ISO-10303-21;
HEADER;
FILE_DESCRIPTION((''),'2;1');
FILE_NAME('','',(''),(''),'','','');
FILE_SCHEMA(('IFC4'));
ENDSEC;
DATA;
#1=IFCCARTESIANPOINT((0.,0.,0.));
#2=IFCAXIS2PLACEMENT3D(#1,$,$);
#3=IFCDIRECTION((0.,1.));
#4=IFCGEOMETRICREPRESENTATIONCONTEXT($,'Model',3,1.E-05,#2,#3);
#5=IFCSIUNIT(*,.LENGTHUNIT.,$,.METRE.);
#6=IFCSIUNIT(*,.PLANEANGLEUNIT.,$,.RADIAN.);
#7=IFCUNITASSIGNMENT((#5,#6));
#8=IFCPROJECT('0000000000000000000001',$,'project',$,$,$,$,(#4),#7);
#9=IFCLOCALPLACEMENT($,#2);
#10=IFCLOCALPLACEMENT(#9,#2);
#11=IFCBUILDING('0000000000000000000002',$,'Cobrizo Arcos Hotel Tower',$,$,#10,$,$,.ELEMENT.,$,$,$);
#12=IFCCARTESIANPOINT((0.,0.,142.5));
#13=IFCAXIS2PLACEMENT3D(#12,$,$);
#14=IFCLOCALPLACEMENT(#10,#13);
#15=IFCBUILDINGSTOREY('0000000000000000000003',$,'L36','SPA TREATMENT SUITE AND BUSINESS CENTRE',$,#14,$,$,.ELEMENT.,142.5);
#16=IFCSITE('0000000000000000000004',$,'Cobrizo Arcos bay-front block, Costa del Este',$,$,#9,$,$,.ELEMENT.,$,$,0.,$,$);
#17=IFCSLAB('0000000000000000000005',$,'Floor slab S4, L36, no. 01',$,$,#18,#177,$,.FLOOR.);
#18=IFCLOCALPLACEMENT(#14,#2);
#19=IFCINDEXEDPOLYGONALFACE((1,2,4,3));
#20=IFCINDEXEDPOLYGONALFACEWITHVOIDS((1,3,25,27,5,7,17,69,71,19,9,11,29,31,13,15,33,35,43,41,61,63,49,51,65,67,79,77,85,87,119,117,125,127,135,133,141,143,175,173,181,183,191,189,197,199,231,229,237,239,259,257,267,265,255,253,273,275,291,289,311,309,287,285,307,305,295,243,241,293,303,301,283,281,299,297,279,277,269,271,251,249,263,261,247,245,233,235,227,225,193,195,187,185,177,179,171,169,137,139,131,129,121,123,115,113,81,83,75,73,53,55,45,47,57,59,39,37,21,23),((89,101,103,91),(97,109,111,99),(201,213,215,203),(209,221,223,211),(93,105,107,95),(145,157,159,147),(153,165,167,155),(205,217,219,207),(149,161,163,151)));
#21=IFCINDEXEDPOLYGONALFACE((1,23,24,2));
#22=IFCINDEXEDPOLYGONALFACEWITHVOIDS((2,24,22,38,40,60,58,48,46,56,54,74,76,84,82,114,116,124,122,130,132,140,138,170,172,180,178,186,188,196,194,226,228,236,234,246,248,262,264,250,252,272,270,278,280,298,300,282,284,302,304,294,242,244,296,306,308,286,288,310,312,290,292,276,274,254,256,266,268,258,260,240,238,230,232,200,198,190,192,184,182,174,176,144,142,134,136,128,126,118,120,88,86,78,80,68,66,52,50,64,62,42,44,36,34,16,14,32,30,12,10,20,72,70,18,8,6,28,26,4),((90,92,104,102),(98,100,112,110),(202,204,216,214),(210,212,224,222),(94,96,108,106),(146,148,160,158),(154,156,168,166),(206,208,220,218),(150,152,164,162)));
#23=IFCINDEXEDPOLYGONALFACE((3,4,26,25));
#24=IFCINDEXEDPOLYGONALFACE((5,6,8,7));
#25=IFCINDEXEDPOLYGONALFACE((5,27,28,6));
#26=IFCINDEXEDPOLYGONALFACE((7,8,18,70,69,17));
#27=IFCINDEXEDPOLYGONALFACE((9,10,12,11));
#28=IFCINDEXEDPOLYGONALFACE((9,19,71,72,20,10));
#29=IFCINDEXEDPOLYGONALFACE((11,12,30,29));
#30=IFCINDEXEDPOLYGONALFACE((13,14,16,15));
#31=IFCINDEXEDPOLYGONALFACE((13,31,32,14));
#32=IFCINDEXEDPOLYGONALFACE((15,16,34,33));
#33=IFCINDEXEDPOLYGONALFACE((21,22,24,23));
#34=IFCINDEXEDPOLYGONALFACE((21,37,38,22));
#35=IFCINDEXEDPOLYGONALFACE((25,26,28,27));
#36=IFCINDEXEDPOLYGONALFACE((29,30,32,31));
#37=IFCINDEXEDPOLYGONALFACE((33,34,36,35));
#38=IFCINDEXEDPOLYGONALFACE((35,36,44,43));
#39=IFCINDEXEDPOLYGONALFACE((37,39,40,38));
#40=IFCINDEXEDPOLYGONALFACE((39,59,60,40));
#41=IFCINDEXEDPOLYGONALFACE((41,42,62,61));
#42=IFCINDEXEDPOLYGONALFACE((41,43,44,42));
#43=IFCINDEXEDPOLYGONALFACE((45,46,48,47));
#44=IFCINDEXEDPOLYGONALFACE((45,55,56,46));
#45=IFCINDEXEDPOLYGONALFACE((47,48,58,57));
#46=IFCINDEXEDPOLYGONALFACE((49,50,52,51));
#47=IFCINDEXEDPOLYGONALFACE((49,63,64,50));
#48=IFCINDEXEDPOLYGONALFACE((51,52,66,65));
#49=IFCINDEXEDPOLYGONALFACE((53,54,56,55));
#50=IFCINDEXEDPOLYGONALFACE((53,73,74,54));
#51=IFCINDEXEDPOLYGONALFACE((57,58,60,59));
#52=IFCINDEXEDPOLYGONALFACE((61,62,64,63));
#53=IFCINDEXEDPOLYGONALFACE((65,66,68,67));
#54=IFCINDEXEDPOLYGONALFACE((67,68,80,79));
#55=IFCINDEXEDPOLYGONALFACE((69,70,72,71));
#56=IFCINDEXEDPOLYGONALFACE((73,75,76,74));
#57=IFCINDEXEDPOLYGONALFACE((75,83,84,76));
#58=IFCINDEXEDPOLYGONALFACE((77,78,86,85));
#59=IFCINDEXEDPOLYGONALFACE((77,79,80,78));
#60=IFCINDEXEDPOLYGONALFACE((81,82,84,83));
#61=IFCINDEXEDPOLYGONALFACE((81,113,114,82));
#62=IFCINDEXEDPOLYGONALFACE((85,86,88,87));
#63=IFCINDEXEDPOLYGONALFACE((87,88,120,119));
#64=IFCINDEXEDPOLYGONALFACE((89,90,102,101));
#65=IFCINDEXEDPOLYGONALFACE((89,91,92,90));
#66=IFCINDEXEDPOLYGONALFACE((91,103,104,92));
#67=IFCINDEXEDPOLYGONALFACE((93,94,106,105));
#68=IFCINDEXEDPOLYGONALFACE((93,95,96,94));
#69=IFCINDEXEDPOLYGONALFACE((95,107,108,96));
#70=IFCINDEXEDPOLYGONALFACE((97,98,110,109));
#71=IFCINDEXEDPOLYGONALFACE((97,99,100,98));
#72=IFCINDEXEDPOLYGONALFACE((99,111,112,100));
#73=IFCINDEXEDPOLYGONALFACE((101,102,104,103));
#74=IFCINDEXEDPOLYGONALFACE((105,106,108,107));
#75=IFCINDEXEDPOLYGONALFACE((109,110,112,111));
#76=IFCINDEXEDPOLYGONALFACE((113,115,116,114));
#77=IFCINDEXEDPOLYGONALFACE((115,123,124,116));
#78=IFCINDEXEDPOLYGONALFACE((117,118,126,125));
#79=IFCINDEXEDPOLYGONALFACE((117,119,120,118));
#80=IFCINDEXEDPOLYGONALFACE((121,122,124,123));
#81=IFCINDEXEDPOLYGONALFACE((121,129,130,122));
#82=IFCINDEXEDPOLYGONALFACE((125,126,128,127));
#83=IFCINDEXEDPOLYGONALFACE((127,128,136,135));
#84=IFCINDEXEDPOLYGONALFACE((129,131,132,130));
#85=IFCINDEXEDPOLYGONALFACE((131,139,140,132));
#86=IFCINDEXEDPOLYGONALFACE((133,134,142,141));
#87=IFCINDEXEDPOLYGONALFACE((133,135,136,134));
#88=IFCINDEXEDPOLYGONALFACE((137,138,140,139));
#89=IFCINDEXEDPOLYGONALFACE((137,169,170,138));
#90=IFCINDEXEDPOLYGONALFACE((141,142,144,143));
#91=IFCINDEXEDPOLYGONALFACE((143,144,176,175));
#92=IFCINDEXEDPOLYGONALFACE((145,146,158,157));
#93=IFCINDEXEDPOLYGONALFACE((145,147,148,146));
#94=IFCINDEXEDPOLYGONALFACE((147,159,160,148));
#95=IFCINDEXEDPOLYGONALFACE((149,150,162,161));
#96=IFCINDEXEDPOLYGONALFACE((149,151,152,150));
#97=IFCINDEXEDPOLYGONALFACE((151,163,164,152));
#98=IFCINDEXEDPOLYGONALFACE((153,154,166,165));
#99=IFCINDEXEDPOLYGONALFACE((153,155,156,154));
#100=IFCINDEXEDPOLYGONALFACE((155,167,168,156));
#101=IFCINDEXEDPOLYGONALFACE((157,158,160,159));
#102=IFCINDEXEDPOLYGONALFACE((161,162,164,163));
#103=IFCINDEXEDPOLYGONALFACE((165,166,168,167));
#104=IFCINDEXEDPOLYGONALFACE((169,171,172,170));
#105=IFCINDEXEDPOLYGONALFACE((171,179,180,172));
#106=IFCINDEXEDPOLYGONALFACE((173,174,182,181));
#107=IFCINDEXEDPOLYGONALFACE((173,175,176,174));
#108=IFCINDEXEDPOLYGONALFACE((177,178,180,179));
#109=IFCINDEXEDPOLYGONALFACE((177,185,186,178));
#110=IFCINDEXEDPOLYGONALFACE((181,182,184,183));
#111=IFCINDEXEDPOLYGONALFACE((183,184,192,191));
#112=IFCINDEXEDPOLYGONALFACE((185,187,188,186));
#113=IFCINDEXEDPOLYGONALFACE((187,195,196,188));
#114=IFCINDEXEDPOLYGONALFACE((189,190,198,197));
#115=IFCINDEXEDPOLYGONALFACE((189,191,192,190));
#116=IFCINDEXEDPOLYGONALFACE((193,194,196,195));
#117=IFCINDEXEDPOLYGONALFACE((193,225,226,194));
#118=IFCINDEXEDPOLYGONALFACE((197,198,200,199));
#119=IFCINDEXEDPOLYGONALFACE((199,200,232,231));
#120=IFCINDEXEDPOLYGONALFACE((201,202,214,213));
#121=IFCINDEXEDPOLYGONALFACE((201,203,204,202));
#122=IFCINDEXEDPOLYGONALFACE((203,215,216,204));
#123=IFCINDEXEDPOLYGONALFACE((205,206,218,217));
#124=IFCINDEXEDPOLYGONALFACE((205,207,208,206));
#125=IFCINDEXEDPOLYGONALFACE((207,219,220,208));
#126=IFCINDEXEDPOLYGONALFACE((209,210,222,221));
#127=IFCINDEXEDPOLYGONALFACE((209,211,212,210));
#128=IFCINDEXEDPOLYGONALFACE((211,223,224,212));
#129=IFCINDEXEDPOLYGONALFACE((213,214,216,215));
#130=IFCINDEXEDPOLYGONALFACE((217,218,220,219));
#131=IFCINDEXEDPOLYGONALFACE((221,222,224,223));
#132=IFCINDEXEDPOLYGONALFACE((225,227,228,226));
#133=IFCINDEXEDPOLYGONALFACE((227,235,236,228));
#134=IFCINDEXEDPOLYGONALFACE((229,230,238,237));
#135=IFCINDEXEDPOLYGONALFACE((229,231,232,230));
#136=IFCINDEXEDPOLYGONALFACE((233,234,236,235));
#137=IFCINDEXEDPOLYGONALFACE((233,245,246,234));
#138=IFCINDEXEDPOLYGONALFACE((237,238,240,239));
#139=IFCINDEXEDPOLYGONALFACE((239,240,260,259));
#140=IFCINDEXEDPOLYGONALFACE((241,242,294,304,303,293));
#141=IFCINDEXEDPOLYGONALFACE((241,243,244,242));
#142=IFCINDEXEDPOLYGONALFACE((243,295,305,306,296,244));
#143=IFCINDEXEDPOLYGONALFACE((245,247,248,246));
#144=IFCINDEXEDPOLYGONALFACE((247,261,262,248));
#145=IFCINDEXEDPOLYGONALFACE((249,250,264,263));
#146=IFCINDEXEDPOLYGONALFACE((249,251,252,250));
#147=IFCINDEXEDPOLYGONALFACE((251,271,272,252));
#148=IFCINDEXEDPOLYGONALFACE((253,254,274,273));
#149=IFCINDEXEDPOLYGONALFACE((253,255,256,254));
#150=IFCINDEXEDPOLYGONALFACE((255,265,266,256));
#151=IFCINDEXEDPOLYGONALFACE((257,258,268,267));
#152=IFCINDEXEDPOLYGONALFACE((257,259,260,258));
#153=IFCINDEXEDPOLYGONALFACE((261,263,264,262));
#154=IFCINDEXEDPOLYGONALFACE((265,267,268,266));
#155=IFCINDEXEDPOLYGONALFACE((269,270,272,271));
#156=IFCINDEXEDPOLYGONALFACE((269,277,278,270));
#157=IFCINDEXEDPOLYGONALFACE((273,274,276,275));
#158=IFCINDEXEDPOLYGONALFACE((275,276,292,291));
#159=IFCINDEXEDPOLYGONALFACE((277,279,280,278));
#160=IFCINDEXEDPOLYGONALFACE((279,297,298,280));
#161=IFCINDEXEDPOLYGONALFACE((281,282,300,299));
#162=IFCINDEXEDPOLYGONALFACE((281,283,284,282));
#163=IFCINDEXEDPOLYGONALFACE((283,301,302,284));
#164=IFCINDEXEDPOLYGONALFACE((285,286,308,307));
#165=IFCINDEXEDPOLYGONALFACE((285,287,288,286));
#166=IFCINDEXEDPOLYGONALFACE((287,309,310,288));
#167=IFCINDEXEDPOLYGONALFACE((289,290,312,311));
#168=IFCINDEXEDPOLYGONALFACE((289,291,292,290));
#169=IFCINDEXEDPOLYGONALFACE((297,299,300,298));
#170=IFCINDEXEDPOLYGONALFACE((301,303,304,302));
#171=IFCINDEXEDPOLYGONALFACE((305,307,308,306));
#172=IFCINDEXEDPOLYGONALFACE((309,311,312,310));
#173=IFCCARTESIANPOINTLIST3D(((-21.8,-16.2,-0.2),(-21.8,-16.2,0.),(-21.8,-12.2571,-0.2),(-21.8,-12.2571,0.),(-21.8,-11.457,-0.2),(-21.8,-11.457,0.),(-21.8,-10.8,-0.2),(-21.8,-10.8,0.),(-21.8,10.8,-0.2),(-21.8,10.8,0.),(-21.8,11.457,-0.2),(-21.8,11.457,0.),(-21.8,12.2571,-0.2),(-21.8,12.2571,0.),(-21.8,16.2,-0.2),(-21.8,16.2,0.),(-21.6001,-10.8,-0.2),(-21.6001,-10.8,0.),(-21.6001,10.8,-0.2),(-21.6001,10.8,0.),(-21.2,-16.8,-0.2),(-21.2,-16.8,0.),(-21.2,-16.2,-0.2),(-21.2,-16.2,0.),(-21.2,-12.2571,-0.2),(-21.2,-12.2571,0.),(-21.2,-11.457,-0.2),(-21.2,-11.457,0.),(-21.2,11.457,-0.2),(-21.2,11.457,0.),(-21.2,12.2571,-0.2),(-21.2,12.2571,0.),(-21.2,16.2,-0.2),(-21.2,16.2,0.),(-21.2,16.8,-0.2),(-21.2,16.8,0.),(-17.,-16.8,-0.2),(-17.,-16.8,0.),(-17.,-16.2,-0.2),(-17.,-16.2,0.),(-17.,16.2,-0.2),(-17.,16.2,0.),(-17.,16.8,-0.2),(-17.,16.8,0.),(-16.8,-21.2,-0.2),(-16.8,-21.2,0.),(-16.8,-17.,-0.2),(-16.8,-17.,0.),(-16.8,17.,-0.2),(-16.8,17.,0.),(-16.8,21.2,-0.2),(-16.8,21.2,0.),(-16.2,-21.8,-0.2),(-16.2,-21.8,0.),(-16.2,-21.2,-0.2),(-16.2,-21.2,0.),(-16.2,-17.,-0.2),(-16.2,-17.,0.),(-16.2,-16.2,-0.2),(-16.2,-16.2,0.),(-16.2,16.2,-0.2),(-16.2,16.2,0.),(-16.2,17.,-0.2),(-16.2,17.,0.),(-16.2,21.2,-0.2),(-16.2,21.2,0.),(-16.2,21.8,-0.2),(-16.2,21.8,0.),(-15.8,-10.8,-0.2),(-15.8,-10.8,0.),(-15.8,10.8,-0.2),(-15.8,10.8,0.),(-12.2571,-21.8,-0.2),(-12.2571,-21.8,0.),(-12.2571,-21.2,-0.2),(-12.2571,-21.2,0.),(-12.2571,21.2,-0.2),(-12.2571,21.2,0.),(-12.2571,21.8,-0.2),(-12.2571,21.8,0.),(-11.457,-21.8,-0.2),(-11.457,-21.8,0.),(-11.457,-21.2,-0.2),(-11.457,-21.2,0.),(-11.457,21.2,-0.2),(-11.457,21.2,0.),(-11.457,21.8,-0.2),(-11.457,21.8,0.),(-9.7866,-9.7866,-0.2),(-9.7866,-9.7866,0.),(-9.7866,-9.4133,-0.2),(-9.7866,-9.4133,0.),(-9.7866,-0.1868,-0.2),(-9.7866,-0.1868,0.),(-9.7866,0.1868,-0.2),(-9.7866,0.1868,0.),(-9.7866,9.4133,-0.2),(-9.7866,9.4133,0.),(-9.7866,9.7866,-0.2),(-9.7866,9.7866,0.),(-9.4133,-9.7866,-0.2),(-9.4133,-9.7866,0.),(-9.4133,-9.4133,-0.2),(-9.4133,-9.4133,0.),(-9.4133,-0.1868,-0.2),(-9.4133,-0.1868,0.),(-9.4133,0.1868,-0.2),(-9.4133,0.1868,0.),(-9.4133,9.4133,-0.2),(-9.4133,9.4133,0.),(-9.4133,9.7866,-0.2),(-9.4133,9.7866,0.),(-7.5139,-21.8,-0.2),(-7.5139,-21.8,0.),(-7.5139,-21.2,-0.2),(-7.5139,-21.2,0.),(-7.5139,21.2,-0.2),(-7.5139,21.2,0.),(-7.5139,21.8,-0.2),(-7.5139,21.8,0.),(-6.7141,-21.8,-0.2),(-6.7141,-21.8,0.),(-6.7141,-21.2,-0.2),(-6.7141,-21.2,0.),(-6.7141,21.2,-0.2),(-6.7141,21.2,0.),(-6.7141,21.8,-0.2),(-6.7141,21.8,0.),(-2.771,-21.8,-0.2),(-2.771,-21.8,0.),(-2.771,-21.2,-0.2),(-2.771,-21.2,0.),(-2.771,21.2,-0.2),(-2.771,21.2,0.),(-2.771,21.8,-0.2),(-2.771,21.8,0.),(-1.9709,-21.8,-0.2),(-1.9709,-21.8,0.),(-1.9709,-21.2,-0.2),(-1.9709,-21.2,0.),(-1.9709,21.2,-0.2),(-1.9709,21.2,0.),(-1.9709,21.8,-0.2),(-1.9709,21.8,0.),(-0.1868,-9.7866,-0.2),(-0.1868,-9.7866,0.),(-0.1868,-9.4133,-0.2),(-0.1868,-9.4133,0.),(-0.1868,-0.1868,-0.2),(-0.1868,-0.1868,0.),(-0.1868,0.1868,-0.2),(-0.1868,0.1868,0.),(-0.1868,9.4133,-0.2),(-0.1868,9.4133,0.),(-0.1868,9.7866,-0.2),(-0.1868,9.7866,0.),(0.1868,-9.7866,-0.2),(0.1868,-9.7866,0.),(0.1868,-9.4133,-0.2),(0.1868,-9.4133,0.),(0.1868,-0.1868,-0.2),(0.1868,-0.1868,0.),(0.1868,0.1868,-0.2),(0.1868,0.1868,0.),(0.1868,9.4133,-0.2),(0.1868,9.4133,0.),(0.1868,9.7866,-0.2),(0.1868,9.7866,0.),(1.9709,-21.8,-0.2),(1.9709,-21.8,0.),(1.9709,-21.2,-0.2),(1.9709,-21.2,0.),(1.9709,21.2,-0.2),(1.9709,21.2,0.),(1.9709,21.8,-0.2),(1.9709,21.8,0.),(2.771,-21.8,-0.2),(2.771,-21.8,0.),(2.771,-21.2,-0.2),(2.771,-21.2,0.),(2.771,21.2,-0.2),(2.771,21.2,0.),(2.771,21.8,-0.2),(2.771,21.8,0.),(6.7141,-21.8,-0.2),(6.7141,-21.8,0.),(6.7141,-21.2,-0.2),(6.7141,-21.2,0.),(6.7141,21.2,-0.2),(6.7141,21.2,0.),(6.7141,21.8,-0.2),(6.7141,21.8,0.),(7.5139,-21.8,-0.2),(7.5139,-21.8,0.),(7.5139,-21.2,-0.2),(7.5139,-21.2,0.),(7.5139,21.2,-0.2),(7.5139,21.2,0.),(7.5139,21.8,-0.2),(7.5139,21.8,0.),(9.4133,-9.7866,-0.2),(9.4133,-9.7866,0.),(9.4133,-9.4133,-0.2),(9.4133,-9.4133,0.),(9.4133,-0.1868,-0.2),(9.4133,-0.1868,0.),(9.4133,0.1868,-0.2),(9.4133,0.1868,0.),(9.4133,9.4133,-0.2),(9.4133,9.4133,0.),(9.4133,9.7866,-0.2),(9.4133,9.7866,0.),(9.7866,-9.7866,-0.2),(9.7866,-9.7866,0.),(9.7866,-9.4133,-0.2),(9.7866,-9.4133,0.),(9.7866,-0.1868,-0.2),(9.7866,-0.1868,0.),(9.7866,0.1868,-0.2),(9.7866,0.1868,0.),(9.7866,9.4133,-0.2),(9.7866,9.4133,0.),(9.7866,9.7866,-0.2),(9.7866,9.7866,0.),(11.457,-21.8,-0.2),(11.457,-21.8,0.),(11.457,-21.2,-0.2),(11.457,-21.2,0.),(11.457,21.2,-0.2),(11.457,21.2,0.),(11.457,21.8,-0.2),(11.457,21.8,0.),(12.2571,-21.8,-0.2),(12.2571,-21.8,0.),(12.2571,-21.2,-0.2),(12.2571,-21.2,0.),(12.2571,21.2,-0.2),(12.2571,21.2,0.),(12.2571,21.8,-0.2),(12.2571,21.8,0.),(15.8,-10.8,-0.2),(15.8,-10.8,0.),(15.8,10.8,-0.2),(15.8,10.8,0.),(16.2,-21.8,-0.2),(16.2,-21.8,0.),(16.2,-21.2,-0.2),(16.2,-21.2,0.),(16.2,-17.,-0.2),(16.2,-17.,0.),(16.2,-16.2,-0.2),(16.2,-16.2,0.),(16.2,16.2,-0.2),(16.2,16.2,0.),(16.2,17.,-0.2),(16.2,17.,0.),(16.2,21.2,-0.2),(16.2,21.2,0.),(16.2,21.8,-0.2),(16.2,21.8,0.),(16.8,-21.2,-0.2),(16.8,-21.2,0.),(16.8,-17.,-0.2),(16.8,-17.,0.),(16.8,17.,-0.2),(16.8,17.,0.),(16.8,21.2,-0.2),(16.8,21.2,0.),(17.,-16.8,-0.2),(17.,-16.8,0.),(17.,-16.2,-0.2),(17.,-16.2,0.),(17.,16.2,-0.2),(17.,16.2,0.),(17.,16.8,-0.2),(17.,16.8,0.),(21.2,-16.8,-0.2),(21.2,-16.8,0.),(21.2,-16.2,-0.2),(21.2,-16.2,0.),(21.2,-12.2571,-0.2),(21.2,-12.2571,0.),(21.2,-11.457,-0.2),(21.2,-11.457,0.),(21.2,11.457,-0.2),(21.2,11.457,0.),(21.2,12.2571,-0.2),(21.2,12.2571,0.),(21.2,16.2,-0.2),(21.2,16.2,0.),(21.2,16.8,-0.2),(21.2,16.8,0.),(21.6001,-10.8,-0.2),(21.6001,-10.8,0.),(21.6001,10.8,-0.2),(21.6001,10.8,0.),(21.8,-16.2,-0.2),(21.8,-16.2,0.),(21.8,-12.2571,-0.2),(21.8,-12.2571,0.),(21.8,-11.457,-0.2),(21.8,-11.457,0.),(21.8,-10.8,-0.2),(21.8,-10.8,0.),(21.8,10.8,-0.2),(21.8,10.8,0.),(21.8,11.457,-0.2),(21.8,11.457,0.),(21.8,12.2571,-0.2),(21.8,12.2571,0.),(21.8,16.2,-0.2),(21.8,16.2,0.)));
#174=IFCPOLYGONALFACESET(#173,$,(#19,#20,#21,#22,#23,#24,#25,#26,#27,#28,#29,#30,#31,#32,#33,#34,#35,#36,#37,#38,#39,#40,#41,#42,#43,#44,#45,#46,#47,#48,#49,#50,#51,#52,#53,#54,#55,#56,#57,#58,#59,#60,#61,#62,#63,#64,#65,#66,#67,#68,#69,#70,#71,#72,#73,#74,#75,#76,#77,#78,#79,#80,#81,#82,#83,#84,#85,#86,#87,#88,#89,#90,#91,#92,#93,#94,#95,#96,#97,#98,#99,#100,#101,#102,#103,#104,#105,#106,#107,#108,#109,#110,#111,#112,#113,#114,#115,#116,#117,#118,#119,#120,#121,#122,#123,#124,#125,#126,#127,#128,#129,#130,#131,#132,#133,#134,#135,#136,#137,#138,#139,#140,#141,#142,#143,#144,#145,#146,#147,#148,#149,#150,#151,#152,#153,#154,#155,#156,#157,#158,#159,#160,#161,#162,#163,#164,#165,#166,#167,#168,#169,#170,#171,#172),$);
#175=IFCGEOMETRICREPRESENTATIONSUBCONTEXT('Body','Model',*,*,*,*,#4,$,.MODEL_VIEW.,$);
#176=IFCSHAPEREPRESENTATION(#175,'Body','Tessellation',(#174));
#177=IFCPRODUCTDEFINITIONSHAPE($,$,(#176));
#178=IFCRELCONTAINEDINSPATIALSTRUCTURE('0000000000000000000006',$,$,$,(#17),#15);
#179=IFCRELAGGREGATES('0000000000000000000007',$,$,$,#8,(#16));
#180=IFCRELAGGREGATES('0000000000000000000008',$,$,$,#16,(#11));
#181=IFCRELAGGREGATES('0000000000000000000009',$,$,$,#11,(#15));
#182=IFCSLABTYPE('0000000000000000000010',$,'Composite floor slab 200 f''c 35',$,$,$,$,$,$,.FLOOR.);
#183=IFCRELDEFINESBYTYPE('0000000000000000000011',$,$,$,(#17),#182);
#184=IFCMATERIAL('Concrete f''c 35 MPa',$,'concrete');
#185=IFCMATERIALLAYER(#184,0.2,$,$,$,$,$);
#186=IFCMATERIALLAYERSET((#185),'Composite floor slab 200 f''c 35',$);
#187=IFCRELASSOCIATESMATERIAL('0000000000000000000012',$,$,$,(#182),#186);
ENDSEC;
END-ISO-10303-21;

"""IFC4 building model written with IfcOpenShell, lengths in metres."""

from ifc_helpers import new_model, si_unit, direction, frame, origin, place, context, subcontext, project, spatial, polyline, outline, extrude, material, layer, layer_set, type_object, element, save


model = new_model("IFC4")

# Units and contexts
model_context = context("Model", 3, precision=1e-05, world=origin(), true_north=direction((0.0, 1.0)))
body_context = subcontext(model_context, "Body", "Model", "MODEL_VIEW")
ifc_project = project(units=[si_unit("LENGTHUNIT", "METRE"), si_unit("PLANEANGLEUNIT", "RADIAN")], contexts=[model_context])

# Site, building, storey
site_placement = place(None, origin())
site = spatial("IfcSite", under=ifc_project, at=site_placement, Name="Cobrizo Arcos bay-front block, Costa del Este", CompositionType="ELEMENT", RefElevation=0.0)
building_placement = place(site_placement, origin())
building = spatial("IfcBuilding", under=site, at=building_placement, Name="Cobrizo Arcos Hotel Tower", CompositionType="ELEMENT")
storey_placement = place(building_placement, frame((0.0, 0.0, 142.5)))
storey = spatial("IfcBuildingStorey", under=building, at=storey_placement, Name="L36", Description="SPA TREATMENT SUITE AND BUSINESS CENTRE", CompositionType="ELEMENT", Elevation=142.5)

# Slab
ifc_material_1 = material(Name="Concrete f'c 35 MPa", Category="concrete")
ifc_layer_1 = layer(ifc_material_1, 0.2)
ifc_layer_set_1 = layer_set([ifc_layer_1], Name="Composite floor slab 200 f'c 35")
slab_type_1 = type_object("IfcSlabType", Name="Composite floor slab 200 f'c 35", PredefinedType="FLOOR", material=ifc_layer_set_1)
slab_1_placement = place(storey_placement, frame((0.0, 0.0, -0.2)))
element("IfcSlab", 1, at=slab_1_placement, inside=storey, type_object=slab_type_1, Name="Floor slab S4, L36, no. 01", PredefinedType="FLOOR", context=body_context, shape_type="SweptSolid", body=[
    extrude(outline(polyline([(-21.8, -12.2571), (-21.2, -12.2571), (-21.2, -11.457), (-21.8, -11.457), (-21.8, -10.8), (-21.6001, -10.8), (-15.8, -10.8), (-15.8, 10.8), (-21.6001, 10.8), (-21.8, 10.8), (-21.8, 11.457), (-21.2, 11.457), (-21.2, 12.2571), (-21.8, 12.2571), (-21.8, 16.2), (-21.2, 16.2), (-21.2, 16.8), (-17.0, 16.8), (-17.0, 16.2), (-16.2, 16.2), (-16.2, 17.0), (-16.8, 17.0), (-16.8, 21.2), (-16.2, 21.2), (-16.2, 21.8), (-12.2571, 21.8), (-12.2571, 21.2), (-11.457, 21.2), (-11.457, 21.8), (-7.5139, 21.8), (-7.5139, 21.2), (-6.7141, 21.2), (-6.7141, 21.8), (-2.771, 21.8), (-2.771, 21.2), (-1.9709, 21.2), (-1.9709, 21.8), (1.9709, 21.8), (1.9709, 21.2), (2.771, 21.2), (2.771, 21.8), (6.7141, 21.8), (6.7141, 21.2), (7.5139, 21.2), (7.5139, 21.8), (11.457, 21.8), (11.457, 21.2), (12.2571, 21.2), (12.2571, 21.8), (16.2, 21.8), (16.2, 21.2), (16.8, 21.2), (16.8, 17.0), (16.2, 17.0), (16.2, 16.2), (17.0, 16.2), (17.0, 16.8), (21.2, 16.8), (21.2, 16.2), (21.8, 16.2), (21.8, 12.2571), (21.2, 12.2571), (21.2, 11.457), (21.8, 11.457), (21.8, 10.8), (21.6001, 10.8), (15.8, 10.8), (15.8, -10.8), (21.6001, -10.8), (21.8, -10.8), (21.8, -11.457), (21.2, -11.457), (21.2, -12.2571), (21.8, -12.2571), (21.8, -16.2), (21.2, -16.2), (21.2, -16.8), (17.0, -16.8), (17.0, -16.2), (16.2, -16.2), (16.2, -17.0), (16.8, -17.0), (16.8, -21.2), (16.2, -21.2), (16.2, -21.8), (12.2571, -21.8), (12.2571, -21.2), (11.457, -21.2), (11.457, -21.8), (7.5139, -21.8), (7.5139, -21.2), (6.7141, -21.2), (6.7141, -21.8), (2.771, -21.8), (2.771, -21.2), (1.9709, -21.2), (1.9709, -21.8), (-1.9709, -21.8), (-1.9709, -21.2), (-2.771, -21.2), (-2.771, -21.8), (-6.7141, -21.8), (-6.7141, -21.2), (-7.5139, -21.2), (-7.5139, -21.8), (-11.457, -21.8), (-11.457, -21.2), (-12.2571, -21.2), (-12.2571, -21.8), (-16.2, -21.8), (-16.2, -21.2), (-16.8, -21.2), (-16.8, -17.0), (-16.2, -17.0), (-16.2, -16.2), (-17.0, -16.2), (-17.0, -16.8), (-21.2, -16.8), (-21.2, -16.2), (-21.8, -16.2), (-21.8, -12.2571)]), holes=[polyline([(-9.4133, -9.7866), (-9.4133, -9.4133), (-9.7866, -9.4133), (-9.7866, -9.7866), (-9.4133, -9.7866)]), polyline([(-9.7866, -0.1868), (-9.4133, -0.1868), (-9.4133, 0.1868), (-9.7866, 0.1868), (-9.7866, -0.1868)]), polyline([(-0.1868, -9.7866), (0.1868, -9.7866), (0.1868, -9.4133), (-0.1868, -9.4133), (-0.1868, -9.7866)]), polyline([(9.4133, -9.7866), (9.7866, -9.7866), (9.7866, -9.4133), (9.4133, -9.4133), (9.4133, -9.7866)]), polyline([(0.1868, -0.1868), (0.1868, 0.1868), (-0.1868, 0.1868), (-0.1868, -0.1868), (0.1868, -0.1868)]), polyline([(9.7866, -0.1868), (9.7866, 0.1868), (9.4133, 0.1868), (9.4133, -0.1868), (9.7866, -0.1868)]), polyline([(-9.4133, 9.4133), (-9.4133, 9.7866), (-9.7866, 9.7866), (-9.7866, 9.4133), (-9.4133, 9.4133)]), polyline([(-0.1868, 9.4133), (0.1868, 9.4133), (0.1868, 9.7866), (-0.1868, 9.7866), (-0.1868, 9.4133)]), polyline([(9.7866, 9.4133), (9.7866, 9.7866), (9.4133, 9.7866), (9.4133, 9.4133), (9.7866, 9.4133)])]), origin(), (0.0, 0.0, 1.0), 0.2),
])

save(model, "model.ifc")
